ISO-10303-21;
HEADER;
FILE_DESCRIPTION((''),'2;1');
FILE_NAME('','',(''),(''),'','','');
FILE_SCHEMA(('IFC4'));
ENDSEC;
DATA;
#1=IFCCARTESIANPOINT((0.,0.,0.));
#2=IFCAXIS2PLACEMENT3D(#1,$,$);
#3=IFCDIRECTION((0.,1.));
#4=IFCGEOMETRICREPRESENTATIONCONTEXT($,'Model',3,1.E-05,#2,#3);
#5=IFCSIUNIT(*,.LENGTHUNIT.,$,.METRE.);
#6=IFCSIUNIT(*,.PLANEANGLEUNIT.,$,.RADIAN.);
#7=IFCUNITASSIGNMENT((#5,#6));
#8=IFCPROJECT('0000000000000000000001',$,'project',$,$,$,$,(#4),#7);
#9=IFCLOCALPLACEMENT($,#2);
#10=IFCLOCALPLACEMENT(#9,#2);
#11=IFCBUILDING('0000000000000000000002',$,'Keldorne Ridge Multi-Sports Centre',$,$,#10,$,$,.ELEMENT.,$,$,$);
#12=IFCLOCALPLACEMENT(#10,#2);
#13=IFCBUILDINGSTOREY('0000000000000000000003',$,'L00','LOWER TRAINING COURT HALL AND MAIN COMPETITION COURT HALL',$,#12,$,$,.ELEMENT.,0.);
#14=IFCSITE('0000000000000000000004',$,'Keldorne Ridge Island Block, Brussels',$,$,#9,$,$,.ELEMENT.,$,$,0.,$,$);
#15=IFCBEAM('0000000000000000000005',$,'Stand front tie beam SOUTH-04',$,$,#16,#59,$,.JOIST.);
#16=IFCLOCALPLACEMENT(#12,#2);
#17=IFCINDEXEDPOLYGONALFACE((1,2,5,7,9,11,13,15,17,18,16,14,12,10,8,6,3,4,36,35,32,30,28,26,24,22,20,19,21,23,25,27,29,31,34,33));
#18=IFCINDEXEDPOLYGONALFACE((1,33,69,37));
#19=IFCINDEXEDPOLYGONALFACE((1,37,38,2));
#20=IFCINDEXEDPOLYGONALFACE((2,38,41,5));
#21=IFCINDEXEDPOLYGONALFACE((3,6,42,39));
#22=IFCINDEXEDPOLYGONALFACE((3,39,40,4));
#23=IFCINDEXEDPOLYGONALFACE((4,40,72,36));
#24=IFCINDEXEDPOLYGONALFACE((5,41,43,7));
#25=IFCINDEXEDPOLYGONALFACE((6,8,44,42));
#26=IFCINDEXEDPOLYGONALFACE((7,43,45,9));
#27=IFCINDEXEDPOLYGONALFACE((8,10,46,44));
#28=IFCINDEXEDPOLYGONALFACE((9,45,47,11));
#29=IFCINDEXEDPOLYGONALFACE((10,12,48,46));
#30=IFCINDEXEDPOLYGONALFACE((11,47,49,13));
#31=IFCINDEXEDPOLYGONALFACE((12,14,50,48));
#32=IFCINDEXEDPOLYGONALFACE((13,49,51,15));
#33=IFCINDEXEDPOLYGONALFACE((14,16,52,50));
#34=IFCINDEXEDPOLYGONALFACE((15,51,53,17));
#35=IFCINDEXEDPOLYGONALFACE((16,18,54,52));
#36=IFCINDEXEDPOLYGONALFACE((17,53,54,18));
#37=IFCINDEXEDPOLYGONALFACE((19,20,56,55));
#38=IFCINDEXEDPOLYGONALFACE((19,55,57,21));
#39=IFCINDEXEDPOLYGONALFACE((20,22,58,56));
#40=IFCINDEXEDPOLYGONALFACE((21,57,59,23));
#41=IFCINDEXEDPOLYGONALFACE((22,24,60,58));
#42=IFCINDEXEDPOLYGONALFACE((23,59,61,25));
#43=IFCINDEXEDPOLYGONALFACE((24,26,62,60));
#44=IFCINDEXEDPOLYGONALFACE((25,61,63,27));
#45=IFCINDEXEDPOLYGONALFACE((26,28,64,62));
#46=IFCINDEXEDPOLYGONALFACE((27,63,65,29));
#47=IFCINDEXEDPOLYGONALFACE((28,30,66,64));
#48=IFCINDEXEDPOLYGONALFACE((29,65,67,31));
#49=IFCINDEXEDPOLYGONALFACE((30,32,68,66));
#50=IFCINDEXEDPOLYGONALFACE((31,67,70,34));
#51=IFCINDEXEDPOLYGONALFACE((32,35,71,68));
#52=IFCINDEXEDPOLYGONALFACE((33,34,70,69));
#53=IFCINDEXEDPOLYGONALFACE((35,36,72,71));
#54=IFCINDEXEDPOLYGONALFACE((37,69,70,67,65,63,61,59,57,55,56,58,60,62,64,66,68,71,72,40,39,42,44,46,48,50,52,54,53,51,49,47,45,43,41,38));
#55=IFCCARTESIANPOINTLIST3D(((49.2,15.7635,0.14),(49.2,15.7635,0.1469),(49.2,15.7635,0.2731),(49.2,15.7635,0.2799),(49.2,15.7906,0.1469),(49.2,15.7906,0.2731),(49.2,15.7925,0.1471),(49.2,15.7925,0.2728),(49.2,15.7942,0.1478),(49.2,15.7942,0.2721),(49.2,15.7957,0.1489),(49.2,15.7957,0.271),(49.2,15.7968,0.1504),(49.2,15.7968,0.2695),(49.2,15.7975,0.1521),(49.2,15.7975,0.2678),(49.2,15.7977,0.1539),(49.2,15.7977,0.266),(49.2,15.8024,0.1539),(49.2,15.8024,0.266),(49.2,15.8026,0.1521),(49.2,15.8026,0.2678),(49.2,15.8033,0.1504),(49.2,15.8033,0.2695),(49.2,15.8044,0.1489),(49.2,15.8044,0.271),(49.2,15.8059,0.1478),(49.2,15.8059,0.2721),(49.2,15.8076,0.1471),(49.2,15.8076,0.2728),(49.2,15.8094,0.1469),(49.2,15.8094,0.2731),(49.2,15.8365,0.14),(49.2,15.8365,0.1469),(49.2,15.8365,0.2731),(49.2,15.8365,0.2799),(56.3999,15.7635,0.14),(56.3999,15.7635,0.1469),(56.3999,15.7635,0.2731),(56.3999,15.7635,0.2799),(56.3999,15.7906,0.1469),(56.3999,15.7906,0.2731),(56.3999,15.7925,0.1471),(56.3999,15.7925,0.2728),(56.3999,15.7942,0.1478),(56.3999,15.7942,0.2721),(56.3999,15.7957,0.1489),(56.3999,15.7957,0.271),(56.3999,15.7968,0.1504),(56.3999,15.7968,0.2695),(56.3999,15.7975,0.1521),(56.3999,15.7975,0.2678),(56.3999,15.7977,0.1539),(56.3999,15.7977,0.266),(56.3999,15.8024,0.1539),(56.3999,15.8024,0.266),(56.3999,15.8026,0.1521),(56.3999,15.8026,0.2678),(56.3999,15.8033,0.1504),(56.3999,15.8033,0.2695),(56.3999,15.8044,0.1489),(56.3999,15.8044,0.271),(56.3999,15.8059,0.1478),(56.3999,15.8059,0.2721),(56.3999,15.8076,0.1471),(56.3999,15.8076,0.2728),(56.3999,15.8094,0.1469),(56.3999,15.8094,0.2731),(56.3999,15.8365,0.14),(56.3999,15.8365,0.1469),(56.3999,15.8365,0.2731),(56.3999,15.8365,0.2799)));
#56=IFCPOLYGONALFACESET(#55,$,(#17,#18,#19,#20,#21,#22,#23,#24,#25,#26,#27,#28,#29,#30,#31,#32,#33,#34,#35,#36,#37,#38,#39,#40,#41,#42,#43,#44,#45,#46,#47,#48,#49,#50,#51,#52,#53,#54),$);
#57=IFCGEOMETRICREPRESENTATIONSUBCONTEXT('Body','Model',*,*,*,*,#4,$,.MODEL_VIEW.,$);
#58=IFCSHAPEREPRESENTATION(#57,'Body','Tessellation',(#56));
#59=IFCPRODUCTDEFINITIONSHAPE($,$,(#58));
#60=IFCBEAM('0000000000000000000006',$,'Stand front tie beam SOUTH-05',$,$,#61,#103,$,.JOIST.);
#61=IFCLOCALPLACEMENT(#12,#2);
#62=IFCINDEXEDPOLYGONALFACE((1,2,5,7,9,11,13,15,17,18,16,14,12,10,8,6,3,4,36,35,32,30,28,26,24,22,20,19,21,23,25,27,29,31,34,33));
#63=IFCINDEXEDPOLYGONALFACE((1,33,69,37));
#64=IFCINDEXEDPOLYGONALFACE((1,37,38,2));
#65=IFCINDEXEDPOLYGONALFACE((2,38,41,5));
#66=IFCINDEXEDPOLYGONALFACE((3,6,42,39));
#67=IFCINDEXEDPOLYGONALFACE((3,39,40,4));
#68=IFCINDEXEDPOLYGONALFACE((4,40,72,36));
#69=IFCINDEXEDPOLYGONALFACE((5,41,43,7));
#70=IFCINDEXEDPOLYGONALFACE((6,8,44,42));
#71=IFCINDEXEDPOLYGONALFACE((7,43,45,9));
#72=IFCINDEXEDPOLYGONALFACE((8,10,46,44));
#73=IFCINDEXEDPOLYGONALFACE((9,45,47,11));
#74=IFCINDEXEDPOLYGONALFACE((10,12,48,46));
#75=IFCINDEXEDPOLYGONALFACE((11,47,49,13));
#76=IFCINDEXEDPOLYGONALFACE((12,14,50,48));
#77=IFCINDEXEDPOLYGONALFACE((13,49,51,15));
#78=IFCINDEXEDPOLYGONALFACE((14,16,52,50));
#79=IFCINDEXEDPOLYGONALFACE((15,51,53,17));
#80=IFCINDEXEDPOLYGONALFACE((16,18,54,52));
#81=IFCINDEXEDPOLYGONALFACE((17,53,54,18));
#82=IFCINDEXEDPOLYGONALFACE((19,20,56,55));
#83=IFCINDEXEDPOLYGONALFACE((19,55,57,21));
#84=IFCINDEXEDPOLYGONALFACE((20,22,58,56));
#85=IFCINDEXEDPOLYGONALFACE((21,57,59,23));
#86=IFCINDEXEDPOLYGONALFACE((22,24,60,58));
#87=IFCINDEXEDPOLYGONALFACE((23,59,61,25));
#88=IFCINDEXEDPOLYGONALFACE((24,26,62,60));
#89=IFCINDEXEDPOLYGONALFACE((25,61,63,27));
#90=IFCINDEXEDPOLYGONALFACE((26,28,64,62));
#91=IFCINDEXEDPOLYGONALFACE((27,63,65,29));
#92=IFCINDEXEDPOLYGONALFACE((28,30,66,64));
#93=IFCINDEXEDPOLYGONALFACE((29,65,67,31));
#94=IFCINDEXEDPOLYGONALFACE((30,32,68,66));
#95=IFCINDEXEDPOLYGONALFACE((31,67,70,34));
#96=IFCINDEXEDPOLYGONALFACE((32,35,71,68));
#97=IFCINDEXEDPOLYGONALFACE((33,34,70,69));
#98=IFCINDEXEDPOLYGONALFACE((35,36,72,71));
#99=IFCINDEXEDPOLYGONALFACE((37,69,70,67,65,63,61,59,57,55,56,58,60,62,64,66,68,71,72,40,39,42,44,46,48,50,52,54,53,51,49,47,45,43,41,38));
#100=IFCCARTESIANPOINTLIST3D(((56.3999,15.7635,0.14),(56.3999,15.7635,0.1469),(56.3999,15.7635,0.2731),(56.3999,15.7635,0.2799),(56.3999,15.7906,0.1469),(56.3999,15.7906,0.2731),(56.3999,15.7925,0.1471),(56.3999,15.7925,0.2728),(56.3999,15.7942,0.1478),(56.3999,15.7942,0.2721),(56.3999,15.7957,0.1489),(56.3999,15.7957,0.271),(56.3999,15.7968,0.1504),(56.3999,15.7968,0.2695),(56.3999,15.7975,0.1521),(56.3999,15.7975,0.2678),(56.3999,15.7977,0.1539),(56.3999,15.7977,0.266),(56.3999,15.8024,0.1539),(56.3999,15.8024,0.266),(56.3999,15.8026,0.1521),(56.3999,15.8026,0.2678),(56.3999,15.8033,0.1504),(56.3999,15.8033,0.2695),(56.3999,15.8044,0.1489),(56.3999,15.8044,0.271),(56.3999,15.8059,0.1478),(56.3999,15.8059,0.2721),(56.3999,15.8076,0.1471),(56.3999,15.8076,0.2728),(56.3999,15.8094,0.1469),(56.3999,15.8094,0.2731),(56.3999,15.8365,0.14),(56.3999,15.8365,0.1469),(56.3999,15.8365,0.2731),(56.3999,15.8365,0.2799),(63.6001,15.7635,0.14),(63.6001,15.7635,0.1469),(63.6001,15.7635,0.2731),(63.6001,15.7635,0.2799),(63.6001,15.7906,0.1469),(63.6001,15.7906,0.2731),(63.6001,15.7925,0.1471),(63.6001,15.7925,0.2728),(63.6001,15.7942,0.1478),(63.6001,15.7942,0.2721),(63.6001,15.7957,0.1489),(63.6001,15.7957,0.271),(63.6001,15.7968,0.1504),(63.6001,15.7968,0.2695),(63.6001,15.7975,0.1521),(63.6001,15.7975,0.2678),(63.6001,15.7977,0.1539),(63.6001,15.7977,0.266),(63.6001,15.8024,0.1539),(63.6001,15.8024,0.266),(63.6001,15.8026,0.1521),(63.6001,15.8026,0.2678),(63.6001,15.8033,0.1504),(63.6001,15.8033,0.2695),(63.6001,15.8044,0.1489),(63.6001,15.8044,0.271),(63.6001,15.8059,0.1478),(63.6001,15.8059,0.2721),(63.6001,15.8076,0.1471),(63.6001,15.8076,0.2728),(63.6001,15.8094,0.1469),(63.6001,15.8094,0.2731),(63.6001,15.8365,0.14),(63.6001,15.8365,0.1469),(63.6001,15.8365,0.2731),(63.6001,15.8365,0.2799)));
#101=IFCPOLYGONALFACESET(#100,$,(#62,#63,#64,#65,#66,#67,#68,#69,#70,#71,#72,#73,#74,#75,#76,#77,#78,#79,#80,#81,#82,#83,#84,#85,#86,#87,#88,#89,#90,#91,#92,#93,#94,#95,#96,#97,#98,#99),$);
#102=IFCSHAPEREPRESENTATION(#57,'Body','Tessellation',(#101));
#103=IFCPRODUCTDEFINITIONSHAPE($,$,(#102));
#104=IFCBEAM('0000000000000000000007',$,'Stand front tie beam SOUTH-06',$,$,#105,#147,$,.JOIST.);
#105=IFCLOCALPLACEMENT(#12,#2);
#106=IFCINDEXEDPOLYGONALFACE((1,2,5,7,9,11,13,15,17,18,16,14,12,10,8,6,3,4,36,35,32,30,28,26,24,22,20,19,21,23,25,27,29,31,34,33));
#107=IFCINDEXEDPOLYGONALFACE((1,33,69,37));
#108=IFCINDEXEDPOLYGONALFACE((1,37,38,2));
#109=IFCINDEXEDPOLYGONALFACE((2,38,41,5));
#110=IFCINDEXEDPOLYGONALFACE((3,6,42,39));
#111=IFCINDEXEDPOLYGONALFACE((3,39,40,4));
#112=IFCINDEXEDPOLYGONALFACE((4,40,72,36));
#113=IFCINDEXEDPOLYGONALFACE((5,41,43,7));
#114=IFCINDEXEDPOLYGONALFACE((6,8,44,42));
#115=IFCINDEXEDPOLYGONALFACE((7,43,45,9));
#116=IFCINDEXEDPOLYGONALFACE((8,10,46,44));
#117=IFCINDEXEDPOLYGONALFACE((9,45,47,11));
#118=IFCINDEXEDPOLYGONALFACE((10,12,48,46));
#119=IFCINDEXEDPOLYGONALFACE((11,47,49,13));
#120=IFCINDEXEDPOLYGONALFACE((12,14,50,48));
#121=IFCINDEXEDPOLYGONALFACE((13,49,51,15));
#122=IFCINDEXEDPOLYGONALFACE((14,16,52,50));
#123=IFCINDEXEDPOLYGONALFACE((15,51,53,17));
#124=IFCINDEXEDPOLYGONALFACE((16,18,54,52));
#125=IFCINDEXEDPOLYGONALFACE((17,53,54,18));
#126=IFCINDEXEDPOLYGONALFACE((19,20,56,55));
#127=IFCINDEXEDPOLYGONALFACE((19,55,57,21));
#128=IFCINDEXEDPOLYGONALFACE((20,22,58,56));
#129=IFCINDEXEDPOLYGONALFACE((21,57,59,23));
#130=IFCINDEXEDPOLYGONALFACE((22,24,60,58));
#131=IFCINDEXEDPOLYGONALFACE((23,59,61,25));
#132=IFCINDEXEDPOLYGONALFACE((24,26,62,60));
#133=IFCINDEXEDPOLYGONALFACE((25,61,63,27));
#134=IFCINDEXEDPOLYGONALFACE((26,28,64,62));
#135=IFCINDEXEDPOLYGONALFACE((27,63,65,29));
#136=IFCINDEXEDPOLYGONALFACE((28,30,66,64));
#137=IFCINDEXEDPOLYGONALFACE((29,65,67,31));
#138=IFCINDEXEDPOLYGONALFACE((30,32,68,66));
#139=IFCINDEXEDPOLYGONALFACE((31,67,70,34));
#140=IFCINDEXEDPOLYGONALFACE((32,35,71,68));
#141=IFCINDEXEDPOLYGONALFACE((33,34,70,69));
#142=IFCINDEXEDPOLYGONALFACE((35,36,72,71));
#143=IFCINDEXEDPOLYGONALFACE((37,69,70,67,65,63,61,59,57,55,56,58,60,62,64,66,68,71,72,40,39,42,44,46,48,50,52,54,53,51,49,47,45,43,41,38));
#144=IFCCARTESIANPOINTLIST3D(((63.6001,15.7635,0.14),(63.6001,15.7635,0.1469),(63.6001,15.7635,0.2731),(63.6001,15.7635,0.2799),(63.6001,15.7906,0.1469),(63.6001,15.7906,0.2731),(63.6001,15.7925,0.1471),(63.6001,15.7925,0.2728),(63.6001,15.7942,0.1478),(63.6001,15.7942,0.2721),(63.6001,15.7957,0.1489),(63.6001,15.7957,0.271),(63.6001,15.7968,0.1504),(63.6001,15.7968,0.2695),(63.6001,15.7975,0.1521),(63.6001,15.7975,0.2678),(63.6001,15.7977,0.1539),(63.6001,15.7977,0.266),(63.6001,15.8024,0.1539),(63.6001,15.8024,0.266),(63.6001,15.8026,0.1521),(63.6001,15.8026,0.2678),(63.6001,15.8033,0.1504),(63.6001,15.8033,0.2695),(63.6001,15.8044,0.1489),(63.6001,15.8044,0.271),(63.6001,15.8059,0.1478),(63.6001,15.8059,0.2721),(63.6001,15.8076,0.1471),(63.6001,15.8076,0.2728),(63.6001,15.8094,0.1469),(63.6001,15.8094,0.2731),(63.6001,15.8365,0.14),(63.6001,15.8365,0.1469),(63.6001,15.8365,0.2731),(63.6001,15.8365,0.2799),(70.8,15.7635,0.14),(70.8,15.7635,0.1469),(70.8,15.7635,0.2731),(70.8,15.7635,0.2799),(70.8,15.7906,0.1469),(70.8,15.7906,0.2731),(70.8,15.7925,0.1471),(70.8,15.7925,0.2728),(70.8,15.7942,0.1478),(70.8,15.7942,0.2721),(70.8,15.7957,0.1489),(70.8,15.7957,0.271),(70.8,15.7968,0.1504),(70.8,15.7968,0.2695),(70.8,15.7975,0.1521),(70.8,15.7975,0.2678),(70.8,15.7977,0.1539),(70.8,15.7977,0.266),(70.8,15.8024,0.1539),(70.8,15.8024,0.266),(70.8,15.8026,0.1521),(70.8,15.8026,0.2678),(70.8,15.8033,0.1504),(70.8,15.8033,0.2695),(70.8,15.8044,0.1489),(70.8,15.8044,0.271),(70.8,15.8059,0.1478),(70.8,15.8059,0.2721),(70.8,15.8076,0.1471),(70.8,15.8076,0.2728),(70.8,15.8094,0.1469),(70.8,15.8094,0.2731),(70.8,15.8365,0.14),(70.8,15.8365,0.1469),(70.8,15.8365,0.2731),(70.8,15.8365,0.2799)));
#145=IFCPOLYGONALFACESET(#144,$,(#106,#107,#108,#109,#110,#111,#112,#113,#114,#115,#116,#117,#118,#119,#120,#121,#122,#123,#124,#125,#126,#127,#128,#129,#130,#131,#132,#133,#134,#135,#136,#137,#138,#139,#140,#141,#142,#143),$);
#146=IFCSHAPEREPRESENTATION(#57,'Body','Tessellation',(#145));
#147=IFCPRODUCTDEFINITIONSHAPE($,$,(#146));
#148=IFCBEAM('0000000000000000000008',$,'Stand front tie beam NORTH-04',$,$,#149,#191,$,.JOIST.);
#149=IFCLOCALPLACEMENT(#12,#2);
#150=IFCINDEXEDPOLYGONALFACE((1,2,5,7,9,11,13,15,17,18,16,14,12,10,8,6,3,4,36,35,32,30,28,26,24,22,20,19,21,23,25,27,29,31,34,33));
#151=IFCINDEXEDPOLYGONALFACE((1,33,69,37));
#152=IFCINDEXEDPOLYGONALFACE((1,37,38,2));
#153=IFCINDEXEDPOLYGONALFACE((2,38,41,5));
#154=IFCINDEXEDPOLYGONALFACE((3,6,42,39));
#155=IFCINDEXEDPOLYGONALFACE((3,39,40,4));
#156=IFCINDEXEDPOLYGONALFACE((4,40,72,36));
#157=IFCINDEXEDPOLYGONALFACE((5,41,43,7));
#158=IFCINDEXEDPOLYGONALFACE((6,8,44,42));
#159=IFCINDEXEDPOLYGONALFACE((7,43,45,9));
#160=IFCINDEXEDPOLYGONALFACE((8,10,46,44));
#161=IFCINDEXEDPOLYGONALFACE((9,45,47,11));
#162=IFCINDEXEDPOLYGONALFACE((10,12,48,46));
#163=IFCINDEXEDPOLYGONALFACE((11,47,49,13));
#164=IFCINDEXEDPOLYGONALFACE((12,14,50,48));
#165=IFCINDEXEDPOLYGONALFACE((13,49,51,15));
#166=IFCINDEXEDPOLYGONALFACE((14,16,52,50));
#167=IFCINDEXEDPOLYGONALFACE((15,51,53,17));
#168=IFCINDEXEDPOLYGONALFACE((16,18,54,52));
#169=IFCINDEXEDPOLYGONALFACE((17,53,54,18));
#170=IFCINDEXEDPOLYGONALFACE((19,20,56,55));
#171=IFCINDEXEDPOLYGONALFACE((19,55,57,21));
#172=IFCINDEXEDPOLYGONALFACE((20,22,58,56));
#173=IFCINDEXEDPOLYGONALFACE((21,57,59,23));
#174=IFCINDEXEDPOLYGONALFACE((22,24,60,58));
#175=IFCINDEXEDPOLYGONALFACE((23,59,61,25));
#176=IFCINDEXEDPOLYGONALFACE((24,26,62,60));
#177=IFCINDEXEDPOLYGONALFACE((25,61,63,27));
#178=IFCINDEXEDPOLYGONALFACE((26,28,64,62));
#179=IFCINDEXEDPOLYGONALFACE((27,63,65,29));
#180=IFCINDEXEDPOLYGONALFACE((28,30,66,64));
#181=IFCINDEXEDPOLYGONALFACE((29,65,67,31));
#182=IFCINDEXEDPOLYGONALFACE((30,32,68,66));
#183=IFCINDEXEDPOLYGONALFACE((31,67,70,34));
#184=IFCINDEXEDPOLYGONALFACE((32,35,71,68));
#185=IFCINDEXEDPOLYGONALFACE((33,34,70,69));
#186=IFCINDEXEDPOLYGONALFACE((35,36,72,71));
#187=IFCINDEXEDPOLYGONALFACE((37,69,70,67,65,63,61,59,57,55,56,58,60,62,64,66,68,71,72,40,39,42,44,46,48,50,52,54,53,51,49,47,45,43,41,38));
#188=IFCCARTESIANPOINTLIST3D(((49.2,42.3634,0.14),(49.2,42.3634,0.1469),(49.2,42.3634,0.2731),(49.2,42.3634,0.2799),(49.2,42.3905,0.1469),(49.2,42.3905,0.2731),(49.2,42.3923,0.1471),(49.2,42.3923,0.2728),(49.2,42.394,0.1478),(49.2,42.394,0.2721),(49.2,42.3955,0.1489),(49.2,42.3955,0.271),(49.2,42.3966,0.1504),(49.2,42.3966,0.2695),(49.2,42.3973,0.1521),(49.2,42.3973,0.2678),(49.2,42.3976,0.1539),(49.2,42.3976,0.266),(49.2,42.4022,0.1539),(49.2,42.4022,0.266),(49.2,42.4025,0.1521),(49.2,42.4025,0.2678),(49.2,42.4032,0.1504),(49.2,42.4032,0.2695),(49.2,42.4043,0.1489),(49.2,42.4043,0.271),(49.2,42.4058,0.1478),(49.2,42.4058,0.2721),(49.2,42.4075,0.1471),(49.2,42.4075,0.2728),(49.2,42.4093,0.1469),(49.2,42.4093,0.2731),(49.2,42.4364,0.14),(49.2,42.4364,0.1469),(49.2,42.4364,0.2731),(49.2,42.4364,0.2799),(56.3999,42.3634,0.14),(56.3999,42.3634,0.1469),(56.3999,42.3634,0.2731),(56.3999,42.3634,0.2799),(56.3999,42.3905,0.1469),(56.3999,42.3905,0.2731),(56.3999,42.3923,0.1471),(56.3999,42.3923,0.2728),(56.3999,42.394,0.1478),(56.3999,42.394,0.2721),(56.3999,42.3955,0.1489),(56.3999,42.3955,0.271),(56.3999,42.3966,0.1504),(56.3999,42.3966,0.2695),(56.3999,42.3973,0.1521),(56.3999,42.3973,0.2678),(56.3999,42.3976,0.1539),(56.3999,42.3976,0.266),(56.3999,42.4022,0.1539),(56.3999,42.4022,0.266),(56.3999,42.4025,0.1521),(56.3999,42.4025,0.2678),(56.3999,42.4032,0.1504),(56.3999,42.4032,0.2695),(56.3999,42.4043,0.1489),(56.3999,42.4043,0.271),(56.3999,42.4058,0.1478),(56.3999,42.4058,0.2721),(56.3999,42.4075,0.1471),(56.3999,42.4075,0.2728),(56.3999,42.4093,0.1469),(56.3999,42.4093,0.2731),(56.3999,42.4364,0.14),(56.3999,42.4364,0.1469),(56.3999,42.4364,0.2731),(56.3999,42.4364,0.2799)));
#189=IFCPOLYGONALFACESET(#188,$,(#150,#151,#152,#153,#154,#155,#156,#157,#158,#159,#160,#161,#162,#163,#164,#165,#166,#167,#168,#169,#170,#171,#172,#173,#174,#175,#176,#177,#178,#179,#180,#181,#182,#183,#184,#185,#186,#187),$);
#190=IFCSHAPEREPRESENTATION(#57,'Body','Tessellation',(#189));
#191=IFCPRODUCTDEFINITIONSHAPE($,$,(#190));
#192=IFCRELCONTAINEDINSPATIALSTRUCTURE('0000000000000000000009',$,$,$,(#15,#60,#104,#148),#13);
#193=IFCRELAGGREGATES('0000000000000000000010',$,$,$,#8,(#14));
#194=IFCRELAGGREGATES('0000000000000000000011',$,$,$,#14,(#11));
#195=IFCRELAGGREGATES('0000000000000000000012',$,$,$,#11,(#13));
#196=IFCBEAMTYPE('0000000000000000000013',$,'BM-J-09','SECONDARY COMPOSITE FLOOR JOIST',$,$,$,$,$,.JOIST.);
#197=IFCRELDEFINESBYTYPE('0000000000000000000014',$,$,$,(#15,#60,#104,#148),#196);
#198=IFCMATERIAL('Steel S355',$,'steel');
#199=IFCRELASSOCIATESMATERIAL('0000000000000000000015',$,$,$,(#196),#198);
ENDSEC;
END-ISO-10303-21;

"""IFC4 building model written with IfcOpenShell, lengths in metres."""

from ifc_helpers import new_model, si_unit, direction, frame, origin, origin_2d, place, context, subcontext, project, spatial, i_section, extrude, material, material_profile, profile_set, type_object, element, save


model = new_model("IFC4")

# Units and contexts
model_context = context("Model", 3, precision=1e-05, world=origin(), true_north=direction((0.0, 1.0)))
body_context = subcontext(model_context, "Body", "Model", "MODEL_VIEW")
ifc_project = project(units=[si_unit("LENGTHUNIT", "METRE"), si_unit("PLANEANGLEUNIT", "RADIAN")], contexts=[model_context])

# Site, building, storey
site_placement = place(None, origin())
site = spatial("IfcSite", under=ifc_project, at=site_placement, Name="Keldorne Ridge Island Block, Brussels", CompositionType="ELEMENT", RefElevation=0.0)
building_placement = place(site_placement, origin())
building = spatial("IfcBuilding", under=site, at=building_placement, Name="Keldorne Ridge Multi-Sports Centre", CompositionType="ELEMENT")
storey_placement = place(building_placement, origin())
storey = spatial("IfcBuildingStorey", under=building, at=storey_placement, Name="L00", Description="LOWER TRAINING COURT HALL AND MAIN COMPETITION COURT HALL", CompositionType="ELEMENT", Elevation=0.0)

# Shared definitions
ifc_material_1 = material(Name="Steel S355", Category="steel")

# Beams
ifc_material_profile_1 = material_profile(ifc_material_1, i_section(OverallWidth=0.073, OverallDepth=0.1399, WebThickness=0.0046, FlangeThickness=0.0068, FilletRadius=0.0071, at=origin_2d()), Name="IPE 140")
ifc_profile_set_1 = profile_set([ifc_material_profile_1], Name="Steel S355")
beam_type_1 = type_object("IfcBeamType", Name="BM-J-09", Description="SECONDARY COMPOSITE FLOOR JOIST", PredefinedType="JOIST", material=ifc_profile_set_1)
beam_1_placement = place(storey_placement, frame((49.2, 15.8, 0.21), z_axis=(1.0, 0.0, 0.0), x_axis=(0.0, 1.0, 0.0)))
element("IfcBeam", 1, at=beam_1_placement, inside=storey, type_object=beam_type_1, Name="Stand front tie beam SOUTH-04", PredefinedType="JOIST", context=body_context, shape_type="SweptSolid", body=[
    extrude(i_section(OverallWidth=0.073, OverallDepth=0.1399, WebThickness=0.0046, FlangeThickness=0.0068, FilletRadius=0.0071, at=origin_2d()), origin(), (0.0, 0.0, 1.0), 7.2),
])
beam_2_placement = place(storey_placement, frame((56.3999, 15.8, 0.21), z_axis=(1.0, 0.0, 0.0), x_axis=(0.0, 1.0, 0.0)))
element("IfcBeam", 2, at=beam_2_placement, inside=storey, type_object=beam_type_1, Name="Stand front tie beam SOUTH-05", PredefinedType="JOIST", context=body_context, shape_type="SweptSolid", body=[
    extrude(i_section(OverallWidth=0.073, OverallDepth=0.1399, WebThickness=0.0046, FlangeThickness=0.0068, FilletRadius=0.0071, at=origin_2d()), origin(), (0.0, 0.0, 1.0), 7.2002),
])
for number, where, z_axis, x_axis, name in (
    (3, (63.6001, 15.8, 0.21), (1.0, 0.0, 0.0), (0.0, 1.0, 0.0), "Stand front tie beam SOUTH-06"),
    (4, (49.2, 42.3999, 0.21), (1.0, 0.0, 0.0), (0.0, 1.0, 0.0), "Stand front tie beam NORTH-04"),
):
    element("IfcBeam", number, at=place(storey_placement, frame(where, z_axis=z_axis, x_axis=x_axis)), inside=storey, type_object=beam_type_1, Name=name, PredefinedType="JOIST", context=body_context, shape_type="SweptSolid", body=[
        extrude(i_section(OverallWidth=0.073, OverallDepth=0.1399, WebThickness=0.0046, FlangeThickness=0.0068, FilletRadius=0.0071, at=origin_2d()), origin(), (0.0, 0.0, 1.0), 7.2),
    ])

save(model, "model.ifc")
